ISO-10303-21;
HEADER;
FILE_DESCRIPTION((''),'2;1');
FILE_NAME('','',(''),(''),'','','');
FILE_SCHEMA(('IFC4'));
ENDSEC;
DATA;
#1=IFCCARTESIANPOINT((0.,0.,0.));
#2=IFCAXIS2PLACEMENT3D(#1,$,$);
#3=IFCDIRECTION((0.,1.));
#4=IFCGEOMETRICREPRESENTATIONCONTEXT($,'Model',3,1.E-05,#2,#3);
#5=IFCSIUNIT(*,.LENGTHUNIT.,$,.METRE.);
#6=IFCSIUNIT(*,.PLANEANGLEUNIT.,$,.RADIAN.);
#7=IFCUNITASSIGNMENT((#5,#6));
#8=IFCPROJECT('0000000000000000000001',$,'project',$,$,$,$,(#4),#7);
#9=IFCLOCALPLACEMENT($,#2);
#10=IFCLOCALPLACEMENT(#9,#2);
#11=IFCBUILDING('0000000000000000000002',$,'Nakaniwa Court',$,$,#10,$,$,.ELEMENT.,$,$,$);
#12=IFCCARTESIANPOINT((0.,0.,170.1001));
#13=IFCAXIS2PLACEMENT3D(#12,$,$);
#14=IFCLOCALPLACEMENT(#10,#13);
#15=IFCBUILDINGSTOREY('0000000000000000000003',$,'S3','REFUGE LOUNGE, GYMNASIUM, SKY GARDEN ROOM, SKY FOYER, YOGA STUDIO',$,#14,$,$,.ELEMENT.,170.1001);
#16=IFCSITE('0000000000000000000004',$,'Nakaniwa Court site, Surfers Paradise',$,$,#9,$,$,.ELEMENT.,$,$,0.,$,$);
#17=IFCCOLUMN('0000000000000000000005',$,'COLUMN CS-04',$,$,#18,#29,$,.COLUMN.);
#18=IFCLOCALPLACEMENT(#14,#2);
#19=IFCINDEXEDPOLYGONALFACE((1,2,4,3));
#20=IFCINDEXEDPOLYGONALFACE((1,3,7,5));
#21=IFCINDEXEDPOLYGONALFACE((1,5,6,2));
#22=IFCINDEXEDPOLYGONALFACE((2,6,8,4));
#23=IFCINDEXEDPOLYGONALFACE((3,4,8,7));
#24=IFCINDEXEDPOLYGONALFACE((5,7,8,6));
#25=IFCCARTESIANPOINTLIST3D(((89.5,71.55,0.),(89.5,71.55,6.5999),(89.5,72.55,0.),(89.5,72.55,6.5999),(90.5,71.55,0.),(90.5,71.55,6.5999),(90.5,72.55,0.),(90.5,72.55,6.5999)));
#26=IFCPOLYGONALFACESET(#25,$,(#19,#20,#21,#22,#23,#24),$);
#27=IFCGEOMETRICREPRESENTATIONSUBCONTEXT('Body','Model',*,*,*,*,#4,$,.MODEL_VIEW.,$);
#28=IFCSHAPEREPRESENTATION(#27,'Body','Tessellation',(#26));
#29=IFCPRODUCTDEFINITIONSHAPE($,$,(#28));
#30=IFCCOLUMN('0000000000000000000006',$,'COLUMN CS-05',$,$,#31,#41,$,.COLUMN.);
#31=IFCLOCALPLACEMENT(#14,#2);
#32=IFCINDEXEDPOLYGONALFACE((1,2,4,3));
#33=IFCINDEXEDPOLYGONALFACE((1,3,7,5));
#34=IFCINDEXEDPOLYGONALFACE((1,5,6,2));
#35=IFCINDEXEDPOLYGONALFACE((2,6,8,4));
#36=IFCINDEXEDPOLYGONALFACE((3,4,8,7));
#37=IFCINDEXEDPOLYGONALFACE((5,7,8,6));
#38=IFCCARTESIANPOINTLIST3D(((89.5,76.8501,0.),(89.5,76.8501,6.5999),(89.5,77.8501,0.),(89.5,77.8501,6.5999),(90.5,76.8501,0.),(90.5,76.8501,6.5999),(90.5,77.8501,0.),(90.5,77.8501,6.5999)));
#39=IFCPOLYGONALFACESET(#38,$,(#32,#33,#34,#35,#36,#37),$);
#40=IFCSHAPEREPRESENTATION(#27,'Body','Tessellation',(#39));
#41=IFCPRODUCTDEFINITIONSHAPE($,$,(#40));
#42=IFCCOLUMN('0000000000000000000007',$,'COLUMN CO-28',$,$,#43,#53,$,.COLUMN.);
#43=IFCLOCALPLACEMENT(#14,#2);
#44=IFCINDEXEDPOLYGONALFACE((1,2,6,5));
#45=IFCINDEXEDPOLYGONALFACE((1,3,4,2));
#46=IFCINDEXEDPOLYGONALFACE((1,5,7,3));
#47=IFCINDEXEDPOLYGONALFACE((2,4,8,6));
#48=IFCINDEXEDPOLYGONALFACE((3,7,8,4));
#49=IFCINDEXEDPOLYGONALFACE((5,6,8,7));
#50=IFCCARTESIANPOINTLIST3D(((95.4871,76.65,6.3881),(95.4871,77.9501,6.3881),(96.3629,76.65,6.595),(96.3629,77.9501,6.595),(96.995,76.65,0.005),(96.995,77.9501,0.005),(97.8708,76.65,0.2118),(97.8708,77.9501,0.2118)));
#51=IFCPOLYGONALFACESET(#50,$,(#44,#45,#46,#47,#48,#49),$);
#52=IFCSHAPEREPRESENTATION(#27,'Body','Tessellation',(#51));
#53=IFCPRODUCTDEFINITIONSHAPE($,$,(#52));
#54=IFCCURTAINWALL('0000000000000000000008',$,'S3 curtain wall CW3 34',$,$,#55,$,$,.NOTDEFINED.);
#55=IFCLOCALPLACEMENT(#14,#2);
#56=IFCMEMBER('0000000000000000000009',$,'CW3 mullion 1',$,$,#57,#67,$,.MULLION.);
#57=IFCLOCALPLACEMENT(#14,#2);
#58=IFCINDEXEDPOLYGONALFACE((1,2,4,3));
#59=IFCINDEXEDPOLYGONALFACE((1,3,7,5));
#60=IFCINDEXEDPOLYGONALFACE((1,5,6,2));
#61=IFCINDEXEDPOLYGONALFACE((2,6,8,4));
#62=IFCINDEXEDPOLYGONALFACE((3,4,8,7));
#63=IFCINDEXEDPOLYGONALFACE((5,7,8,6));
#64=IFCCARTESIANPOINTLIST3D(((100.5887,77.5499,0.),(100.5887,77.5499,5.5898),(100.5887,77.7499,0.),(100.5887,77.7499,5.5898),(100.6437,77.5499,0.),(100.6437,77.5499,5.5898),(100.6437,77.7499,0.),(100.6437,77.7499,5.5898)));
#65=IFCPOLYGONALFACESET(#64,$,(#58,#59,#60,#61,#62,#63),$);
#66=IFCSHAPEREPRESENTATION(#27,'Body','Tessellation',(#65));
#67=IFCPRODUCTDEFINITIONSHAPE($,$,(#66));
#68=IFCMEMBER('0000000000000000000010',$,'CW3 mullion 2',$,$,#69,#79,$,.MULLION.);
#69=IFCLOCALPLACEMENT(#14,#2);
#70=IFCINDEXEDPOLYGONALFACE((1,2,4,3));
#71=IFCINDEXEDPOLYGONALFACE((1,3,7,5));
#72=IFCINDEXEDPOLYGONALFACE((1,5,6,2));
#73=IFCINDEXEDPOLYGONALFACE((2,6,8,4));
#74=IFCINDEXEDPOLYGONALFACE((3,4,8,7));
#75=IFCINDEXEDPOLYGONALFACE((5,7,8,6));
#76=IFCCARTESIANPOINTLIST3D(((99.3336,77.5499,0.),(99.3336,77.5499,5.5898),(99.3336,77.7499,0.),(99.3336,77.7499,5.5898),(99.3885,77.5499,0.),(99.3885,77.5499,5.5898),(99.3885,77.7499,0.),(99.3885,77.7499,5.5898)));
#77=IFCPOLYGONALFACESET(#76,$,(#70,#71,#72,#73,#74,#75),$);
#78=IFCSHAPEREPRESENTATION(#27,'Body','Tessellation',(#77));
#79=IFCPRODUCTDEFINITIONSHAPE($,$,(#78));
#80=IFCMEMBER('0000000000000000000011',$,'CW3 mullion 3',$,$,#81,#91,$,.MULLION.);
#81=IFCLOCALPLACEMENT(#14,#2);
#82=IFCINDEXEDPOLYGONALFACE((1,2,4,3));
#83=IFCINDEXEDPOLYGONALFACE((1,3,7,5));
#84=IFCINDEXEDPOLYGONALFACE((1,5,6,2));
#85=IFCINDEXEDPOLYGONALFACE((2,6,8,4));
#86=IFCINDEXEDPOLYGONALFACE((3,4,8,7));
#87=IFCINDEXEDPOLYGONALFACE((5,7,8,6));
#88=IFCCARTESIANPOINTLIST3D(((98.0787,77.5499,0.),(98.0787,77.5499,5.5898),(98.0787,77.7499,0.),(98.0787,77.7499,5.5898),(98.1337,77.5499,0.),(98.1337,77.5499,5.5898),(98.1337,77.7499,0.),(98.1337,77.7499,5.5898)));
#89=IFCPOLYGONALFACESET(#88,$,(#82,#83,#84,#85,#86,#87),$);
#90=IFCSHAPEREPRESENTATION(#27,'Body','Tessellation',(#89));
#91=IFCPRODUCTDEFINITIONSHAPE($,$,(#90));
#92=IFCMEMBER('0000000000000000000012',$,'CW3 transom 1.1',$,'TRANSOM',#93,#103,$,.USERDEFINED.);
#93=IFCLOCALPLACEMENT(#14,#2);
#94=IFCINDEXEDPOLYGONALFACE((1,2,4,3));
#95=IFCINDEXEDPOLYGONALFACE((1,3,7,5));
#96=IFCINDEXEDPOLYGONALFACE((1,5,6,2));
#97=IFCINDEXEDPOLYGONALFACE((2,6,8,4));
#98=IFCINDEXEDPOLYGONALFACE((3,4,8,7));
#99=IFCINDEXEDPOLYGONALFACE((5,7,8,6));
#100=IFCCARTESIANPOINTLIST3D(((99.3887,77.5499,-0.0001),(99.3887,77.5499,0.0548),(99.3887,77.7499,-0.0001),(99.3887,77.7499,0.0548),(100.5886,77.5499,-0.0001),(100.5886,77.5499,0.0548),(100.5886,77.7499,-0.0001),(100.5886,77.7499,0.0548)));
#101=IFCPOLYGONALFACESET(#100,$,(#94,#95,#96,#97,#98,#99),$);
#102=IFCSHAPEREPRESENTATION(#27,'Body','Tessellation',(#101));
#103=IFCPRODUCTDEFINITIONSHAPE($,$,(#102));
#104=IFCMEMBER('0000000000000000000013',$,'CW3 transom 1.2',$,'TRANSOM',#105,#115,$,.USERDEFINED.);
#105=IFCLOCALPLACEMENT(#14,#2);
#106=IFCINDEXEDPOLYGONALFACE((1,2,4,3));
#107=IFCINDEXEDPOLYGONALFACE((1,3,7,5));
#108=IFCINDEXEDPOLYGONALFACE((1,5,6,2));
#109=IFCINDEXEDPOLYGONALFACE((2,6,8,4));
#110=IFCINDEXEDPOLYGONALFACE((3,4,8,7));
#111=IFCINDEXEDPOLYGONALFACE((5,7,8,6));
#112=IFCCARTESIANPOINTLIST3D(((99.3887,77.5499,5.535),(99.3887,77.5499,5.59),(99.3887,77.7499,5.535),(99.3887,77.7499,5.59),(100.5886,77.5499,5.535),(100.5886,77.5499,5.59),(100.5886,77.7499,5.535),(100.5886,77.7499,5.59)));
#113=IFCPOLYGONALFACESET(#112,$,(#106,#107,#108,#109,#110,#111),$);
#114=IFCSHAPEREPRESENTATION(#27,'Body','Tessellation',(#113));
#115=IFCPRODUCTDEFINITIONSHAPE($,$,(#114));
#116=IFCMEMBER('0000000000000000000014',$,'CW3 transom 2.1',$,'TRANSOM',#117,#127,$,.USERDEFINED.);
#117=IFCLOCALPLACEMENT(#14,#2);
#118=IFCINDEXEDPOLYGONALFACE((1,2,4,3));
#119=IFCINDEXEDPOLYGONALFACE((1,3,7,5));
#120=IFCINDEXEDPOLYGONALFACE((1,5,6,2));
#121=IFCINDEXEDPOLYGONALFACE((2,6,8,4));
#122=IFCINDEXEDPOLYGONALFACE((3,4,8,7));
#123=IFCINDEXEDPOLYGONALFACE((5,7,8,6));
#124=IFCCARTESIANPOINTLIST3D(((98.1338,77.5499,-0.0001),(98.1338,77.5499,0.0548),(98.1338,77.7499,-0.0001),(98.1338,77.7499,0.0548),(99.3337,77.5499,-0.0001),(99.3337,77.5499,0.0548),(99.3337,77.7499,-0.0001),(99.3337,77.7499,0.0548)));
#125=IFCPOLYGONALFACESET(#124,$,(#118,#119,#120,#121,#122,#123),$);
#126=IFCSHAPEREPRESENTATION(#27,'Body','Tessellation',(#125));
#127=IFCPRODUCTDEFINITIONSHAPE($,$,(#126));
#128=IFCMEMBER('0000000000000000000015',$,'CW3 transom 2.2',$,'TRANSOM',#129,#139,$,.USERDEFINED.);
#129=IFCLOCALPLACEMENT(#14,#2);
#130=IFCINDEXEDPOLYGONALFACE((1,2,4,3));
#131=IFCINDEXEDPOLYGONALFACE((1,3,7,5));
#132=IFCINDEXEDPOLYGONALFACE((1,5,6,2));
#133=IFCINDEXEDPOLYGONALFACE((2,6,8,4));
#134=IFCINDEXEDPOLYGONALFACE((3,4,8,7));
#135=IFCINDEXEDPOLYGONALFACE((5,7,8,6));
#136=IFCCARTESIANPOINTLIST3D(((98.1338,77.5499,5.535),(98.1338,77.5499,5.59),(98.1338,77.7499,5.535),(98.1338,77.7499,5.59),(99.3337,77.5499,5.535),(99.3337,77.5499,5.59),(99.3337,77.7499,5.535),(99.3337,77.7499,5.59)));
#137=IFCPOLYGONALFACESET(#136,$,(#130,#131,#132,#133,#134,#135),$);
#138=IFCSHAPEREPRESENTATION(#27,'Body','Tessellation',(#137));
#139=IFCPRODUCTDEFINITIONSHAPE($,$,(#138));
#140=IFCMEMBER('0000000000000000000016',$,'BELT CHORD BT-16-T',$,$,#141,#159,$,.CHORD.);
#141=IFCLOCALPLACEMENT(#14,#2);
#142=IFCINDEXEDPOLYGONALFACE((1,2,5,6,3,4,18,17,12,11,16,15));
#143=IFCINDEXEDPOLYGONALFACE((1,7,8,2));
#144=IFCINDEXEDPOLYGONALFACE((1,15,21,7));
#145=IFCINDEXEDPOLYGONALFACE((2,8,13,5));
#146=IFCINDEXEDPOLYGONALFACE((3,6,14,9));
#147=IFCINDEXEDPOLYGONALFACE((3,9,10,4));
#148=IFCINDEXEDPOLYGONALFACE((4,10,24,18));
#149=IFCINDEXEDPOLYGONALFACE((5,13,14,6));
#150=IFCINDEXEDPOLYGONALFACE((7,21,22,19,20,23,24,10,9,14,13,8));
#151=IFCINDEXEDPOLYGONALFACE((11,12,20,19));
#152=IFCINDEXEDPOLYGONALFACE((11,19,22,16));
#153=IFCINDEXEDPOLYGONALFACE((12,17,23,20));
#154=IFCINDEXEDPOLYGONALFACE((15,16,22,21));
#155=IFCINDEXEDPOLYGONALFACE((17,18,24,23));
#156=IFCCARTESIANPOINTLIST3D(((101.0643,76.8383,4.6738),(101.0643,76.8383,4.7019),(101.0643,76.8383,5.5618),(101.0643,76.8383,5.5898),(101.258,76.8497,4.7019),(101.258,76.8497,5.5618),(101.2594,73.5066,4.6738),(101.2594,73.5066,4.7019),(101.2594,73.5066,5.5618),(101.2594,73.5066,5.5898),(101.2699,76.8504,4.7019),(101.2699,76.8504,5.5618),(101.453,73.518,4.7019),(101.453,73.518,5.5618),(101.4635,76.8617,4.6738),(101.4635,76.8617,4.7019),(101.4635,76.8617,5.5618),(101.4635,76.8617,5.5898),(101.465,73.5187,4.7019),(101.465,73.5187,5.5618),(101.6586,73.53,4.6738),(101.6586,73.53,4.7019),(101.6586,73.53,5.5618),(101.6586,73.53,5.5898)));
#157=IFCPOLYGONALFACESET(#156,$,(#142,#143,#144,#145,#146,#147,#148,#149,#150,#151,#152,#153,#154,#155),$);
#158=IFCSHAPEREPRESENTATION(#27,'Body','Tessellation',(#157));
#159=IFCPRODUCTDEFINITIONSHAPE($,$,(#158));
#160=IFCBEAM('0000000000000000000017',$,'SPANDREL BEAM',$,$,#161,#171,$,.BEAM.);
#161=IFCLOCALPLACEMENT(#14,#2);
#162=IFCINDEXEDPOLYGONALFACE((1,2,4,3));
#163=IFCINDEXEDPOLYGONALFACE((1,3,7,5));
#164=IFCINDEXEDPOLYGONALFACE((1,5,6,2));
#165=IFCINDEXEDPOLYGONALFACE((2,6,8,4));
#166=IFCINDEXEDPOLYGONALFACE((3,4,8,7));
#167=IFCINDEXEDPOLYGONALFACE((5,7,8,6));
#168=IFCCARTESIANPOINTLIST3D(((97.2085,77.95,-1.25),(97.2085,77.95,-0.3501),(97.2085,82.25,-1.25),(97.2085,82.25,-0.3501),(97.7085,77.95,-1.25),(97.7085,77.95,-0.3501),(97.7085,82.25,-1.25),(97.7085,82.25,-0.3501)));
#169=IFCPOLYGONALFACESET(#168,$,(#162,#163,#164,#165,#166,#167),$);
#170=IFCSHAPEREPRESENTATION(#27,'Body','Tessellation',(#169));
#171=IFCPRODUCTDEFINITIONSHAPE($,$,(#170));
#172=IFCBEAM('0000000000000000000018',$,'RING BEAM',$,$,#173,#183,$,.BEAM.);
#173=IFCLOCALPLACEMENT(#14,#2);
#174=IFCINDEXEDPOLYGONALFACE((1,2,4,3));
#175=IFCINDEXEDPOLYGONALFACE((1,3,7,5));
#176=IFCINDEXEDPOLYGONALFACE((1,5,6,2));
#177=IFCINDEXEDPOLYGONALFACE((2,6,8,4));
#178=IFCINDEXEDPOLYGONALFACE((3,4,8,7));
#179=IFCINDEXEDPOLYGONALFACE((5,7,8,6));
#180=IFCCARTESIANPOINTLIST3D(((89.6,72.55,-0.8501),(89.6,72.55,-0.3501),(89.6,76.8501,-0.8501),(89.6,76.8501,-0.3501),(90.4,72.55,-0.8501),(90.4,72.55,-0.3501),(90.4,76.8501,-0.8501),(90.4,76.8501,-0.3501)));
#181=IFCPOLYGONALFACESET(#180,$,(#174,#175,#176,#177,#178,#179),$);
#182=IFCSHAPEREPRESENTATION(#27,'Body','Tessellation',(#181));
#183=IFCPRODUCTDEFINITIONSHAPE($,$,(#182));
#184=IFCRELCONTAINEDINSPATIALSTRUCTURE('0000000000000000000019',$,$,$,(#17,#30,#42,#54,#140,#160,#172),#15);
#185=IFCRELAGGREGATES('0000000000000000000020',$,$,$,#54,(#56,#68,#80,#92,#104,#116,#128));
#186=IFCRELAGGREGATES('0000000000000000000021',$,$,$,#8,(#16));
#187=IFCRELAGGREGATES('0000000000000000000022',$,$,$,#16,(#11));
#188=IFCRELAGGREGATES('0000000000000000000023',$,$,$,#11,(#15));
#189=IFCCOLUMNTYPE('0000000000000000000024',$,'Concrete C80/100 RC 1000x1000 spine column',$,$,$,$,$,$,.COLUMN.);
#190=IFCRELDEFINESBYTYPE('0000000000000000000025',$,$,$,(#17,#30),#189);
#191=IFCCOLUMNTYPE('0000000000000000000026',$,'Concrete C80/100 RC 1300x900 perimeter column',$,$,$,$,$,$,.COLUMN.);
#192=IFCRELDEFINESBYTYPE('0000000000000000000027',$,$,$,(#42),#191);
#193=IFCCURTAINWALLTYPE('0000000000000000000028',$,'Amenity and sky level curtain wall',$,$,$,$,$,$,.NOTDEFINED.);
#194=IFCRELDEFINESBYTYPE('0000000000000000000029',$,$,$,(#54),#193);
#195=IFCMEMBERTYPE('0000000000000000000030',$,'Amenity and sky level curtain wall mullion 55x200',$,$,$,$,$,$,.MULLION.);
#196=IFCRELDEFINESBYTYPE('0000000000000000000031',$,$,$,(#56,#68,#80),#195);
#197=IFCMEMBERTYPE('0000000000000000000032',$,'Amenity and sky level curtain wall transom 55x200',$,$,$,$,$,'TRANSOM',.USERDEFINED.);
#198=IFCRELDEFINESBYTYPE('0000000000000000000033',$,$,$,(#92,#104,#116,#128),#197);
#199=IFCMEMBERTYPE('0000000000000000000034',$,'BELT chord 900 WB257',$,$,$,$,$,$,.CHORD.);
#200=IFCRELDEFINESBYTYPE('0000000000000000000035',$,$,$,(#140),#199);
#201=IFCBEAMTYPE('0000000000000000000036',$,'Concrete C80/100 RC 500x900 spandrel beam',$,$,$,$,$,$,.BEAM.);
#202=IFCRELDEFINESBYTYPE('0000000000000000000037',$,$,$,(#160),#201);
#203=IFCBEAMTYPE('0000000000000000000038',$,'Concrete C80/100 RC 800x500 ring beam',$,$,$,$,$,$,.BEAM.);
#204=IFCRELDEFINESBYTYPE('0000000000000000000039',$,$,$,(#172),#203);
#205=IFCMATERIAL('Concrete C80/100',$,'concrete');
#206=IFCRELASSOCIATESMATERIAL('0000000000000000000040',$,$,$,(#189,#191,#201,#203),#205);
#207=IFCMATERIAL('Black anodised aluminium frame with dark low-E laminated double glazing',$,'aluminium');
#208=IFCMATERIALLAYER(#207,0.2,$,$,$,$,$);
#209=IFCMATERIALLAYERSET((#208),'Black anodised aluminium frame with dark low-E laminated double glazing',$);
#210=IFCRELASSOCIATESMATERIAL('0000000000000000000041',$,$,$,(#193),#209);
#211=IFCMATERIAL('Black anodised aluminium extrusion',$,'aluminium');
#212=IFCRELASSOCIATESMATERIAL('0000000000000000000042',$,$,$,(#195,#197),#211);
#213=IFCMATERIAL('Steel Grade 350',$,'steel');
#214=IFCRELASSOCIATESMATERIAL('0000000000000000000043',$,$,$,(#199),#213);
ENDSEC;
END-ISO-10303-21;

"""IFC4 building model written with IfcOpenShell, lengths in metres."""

from ifc_helpers import new_model, si_unit, direction, frame, origin, origin_2d, place, context, subcontext, project, spatial, rectangle, i_section, extrude, material, layer, layer_set, material_profile, profile_set, type_object, element, aggregate, save


model = new_model("IFC4")

# Units and contexts
model_context = context("Model", 3, precision=1e-05, world=origin(), true_north=direction((0.0, 1.0)))
body_context = subcontext(model_context, "Body", "Model", "MODEL_VIEW")
ifc_project = project(units=[si_unit("LENGTHUNIT", "METRE"), si_unit("PLANEANGLEUNIT", "RADIAN")], contexts=[model_context])

# Site, building, storey
site_placement = place(None, origin())
site = spatial("IfcSite", under=ifc_project, at=site_placement, Name="Nakaniwa Court site, Surfers Paradise", CompositionType="ELEMENT", RefElevation=0.0)
building_placement = place(site_placement, origin())
building = spatial("IfcBuilding", under=site, at=building_placement, Name="Nakaniwa Court", CompositionType="ELEMENT")
storey_placement = place(building_placement, frame((0.0, 0.0, 170.1001)))
storey = spatial("IfcBuildingStorey", under=building, at=storey_placement, Name="S3", Description="REFUGE LOUNGE, GYMNASIUM, SKY GARDEN ROOM, SKY FOYER, YOGA STUDIO", CompositionType="ELEMENT", Elevation=170.1001)

# Columns
ifc_material_1 = material(Name="Concrete C80/100", Category="concrete")
ifc_material_profile_1 = material_profile(ifc_material_1, rectangle(XDim=1.0, YDim=1.0, at=origin_2d()), Name="Concrete C80/100 RC 1000x1000 spine column")
ifc_profile_set_1 = profile_set([ifc_material_profile_1], Name="Concrete C80/100")
column_type_1 = type_object("IfcColumnType", Name="Concrete C80/100 RC 1000x1000 spine column", PredefinedType="COLUMN", material=ifc_profile_set_1)
for number, where, z_axis, x_axis, name in (
    (1, (90.0, 72.05, 0.0), (0.0, 0.0, 1.0), (0.0, 1.0, 0.0), "COLUMN CS-04"),
    (2, (90.0, 77.3501, 0.0), (0.0, 0.0, 1.0), (0.0, 1.0, 0.0), "COLUMN CS-05"),
):
    element("IfcColumn", number, at=place(storey_placement, frame(where, z_axis=z_axis, x_axis=x_axis)), inside=storey, type_object=column_type_1, Name=name, PredefinedType="COLUMN", context=body_context, shape_type="SweptSolid", body=[
        extrude(rectangle(XDim=1.0, YDim=1.0, at=origin_2d()), origin(), (0.0, 0.0, 1.0), 6.5999),
    ])
ifc_material_profile_2 = material_profile(ifc_material_1, rectangle(XDim=1.3, YDim=0.8999, at=origin_2d()), Name="Concrete C80/100 RC 1300x900 perimeter column")
ifc_profile_set_2 = profile_set([ifc_material_profile_2], Name="Concrete C80/100")
column_type_2 = type_object("IfcColumnType", Name="Concrete C80/100 RC 1300x900 perimeter column", PredefinedType="COLUMN", material=ifc_profile_set_2)
column_placement = place(storey_placement, frame((97.4329, 77.3, 0.1084), z_axis=(-0.229894, 0.0, 0.973216), x_axis=(0.0, -1.0, 0.0)))
element("IfcColumn", 3, at=column_placement, inside=storey, type_object=column_type_2, Name="COLUMN CO-28", PredefinedType="COLUMN", context=body_context, shape_type="SweptSolid", body=[
    extrude(rectangle(XDim=1.3, YDim=0.8999, at=origin_2d()), origin(), (0.0, 0.0, 1.0), 6.5588),
])

# Curtain wall, members
ifc_material_2 = material(Name="Black anodised aluminium frame with dark low-E laminated double glazing", Category="aluminium")
ifc_layer_1 = layer(ifc_material_2, 0.2)
ifc_layer_set_1 = layer_set([ifc_layer_1], Name="Black anodised aluminium frame with dark low-E laminated double glazing")
curtain_wall_type = type_object("IfcCurtainWallType", Name="Amenity and sky level curtain wall", PredefinedType="NOTDEFINED", material=ifc_layer_set_1)
curtain_wall_placement = place(storey_placement, origin())
curtain_wall = element("IfcCurtainWall", 4, at=curtain_wall_placement, inside=storey, type_object=curtain_wall_type, Name="S3 curtain wall CW3 34", PredefinedType="NOTDEFINED")
ifc_material_3 = material(Name="Black anodised aluminium extrusion", Category="aluminium")
ifc_material_profile_3 = material_profile(ifc_material_3, rectangle(XDim=0.2, YDim=0.0549, at=origin_2d()), Name="Amenity and sky level curtain wall mullion 55x200")
ifc_profile_set_3 = profile_set([ifc_material_profile_3], Name="Black anodised aluminium extrusion")
member_type_1 = type_object("IfcMemberType", Name="Amenity and sky level curtain wall mullion 55x200", PredefinedType="MULLION", material=ifc_profile_set_3)
member_1_placement = place(storey_placement, frame((100.6162, 77.6499, 0.0), z_axis=(0.0, 0.0, 1.0), x_axis=(0.0, -1.0, 0.0)))
member_1 = element("IfcMember", 5, at=member_1_placement, type_object=member_type_1, Name="CW3 mullion 1", PredefinedType="MULLION", context=body_context, shape_type="SweptSolid", body=[
    extrude(rectangle(XDim=0.2, YDim=0.0549, at=origin_2d()), origin(), (0.0, 0.0, 1.0), 5.5898),
])
member_2_placement = place(storey_placement, frame((99.3611, 77.6499, 0.0), z_axis=(0.0, 0.0, 1.0), x_axis=(0.0, -1.0, 0.0)))
member_2 = element("IfcMember", 6, at=member_2_placement, type_object=member_type_1, Name="CW3 mullion 2", PredefinedType="MULLION", context=body_context, shape_type="SweptSolid", body=[
    extrude(rectangle(XDim=0.2, YDim=0.0549, at=origin_2d()), origin(), (0.0, 0.0, 1.0), 5.5898),
])
member_3_placement = place(storey_placement, frame((98.1062, 77.6499, 0.0), z_axis=(0.0, 0.0, 1.0), x_axis=(0.0, -1.0, 0.0)))
member_3 = element("IfcMember", 7, at=member_3_placement, type_object=member_type_1, Name="CW3 mullion 3", PredefinedType="MULLION", context=body_context, shape_type="SweptSolid", body=[
    extrude(rectangle(XDim=0.2, YDim=0.0549, at=origin_2d()), origin(), (0.0, 0.0, 1.0), 5.5898),
])
ifc_material_profile_4 = material_profile(ifc_material_3, rectangle(XDim=0.2, YDim=0.0549, at=origin_2d()), Name="Amenity and sky level curtain wall transom 55x200")
ifc_profile_set_4 = profile_set([ifc_material_profile_4], Name="Black anodised aluminium extrusion")
member_type_2 = type_object("IfcMemberType", Name="Amenity and sky level curtain wall transom 55x200", ElementType="TRANSOM", PredefinedType="USERDEFINED", material=ifc_profile_set_4)
member_4_placement = place(storey_placement, frame((100.5886, 77.6499, 0.0273), z_axis=(-1.0, 0.0, 0.0), x_axis=(0.0, -1.0, 0.0)))
member_4 = element("IfcMember", 8, at=member_4_placement, type_object=member_type_2, Name="CW3 transom 1.1", ObjectType="TRANSOM", PredefinedType="USERDEFINED", context=body_context, shape_type="SweptSolid", body=[
    extrude(rectangle(XDim=0.2, YDim=0.0549, at=origin_2d()), origin(), (0.0, 0.0, 1.0), 1.2),
])
member_5_placement = place(storey_placement, frame((100.5886, 77.6499, 5.5625), z_axis=(-1.0, 0.0, 0.0), x_axis=(0.0, -1.0, 0.0)))
member_5 = element("IfcMember", 9, at=member_5_placement, type_object=member_type_2, Name="CW3 transom 1.2", ObjectType="TRANSOM", PredefinedType="USERDEFINED", context=body_context, shape_type="SweptSolid", body=[
    extrude(rectangle(XDim=0.2, YDim=0.0549, at=origin_2d()), origin(), (0.0, 0.0, 1.0), 1.2),
])
member_6_placement = place(storey_placement, frame((99.3337, 77.6499, 0.0273), z_axis=(-1.0, 0.0, 0.0), x_axis=(0.0, -1.0, 0.0)))
member_6 = element("IfcMember", 10, at=member_6_placement, type_object=member_type_2, Name="CW3 transom 2.1", ObjectType="TRANSOM", PredefinedType="USERDEFINED", context=body_context, shape_type="SweptSolid", body=[
    extrude(rectangle(XDim=0.2, YDim=0.0549, at=origin_2d()), origin(), (0.0, 0.0, 1.0), 1.2),
])
member_7_placement = place(storey_placement, frame((99.3337, 77.6499, 5.5625), z_axis=(-1.0, 0.0, 0.0), x_axis=(0.0, -1.0, 0.0)))
member_7 = element("IfcMember", 11, at=member_7_placement, type_object=member_type_2, Name="CW3 transom 2.2", ObjectType="TRANSOM", PredefinedType="USERDEFINED", context=body_context, shape_type="SweptSolid", body=[
    extrude(rectangle(XDim=0.2, YDim=0.0549, at=origin_2d()), origin(), (0.0, 0.0, 1.0), 1.2),
])

# Member
ifc_material_4 = material(Name="Steel Grade 350", Category="steel")
ifc_material_profile_5 = material_profile(ifc_material_4, i_section(OverallWidth=0.3999, OverallDepth=0.916, WebThickness=0.012, FlangeThickness=0.0281, at=origin_2d()), Name="900WB257")
ifc_profile_set_5 = profile_set([ifc_material_profile_5], Name="Steel Grade 350")
member_type_3 = type_object("IfcMemberType", Name="BELT chord 900 WB257", PredefinedType="CHORD", material=ifc_profile_set_5)
member_8_placement = place(storey_placement, frame((101.459, 73.5183, 5.1318), z_axis=(-0.058448, 0.99829, 0.0), x_axis=(-0.99829, -0.058448, 0.0)))
element("IfcMember", 12, at=member_8_placement, inside=storey, type_object=member_type_3, Name="BELT CHORD BT-16-T", PredefinedType="CHORD", context=body_context, shape_type="SweptSolid", body=[
    extrude(i_section(OverallWidth=0.3999, OverallDepth=0.916, WebThickness=0.012, FlangeThickness=0.0281, at=origin_2d()), origin(), (0.0, 0.0, 1.0), 3.3374),
])

# Beams
ifc_material_profile_6 = material_profile(ifc_material_1, rectangle(XDim=0.5, YDim=0.8999, at=origin_2d()), Name="Concrete C80/100 RC 500x900 spandrel beam")
ifc_profile_set_6 = profile_set([ifc_material_profile_6], Name="Concrete C80/100")
beam_type_1 = type_object("IfcBeamType", Name="Concrete C80/100 RC 500x900 spandrel beam", PredefinedType="BEAM", material=ifc_profile_set_6)
beam_1_placement = place(storey_placement, frame((97.4585, 77.95, -0.8), z_axis=(0.0, 1.0, 0.0), x_axis=(-1.0, 0.0, 0.0)))
element("IfcBeam", 13, at=beam_1_placement, inside=storey, type_object=beam_type_1, Name="SPANDREL BEAM", PredefinedType="BEAM", context=body_context, shape_type="SweptSolid", body=[
    extrude(rectangle(XDim=0.5, YDim=0.8999, at=origin_2d()), origin(), (0.0, 0.0, 1.0), 4.3),
])
ifc_material_profile_7 = material_profile(ifc_material_1, rectangle(XDim=0.8, YDim=0.5, at=origin_2d()), Name="Concrete C80/100 RC 800x500 ring beam")
ifc_profile_set_7 = profile_set([ifc_material_profile_7], Name="Concrete C80/100")
beam_type_2 = type_object("IfcBeamType", Name="Concrete C80/100 RC 800x500 ring beam", PredefinedType="BEAM", material=ifc_profile_set_7)
beam_2_placement = place(storey_placement, frame((90.0, 72.55, -0.6001), z_axis=(0.0, 1.0, 0.0), x_axis=(-1.0, 0.0, 0.0)))
element("IfcBeam", 14, at=beam_2_placement, inside=storey, type_object=beam_type_2, Name="RING BEAM", PredefinedType="BEAM", context=body_context, shape_type="SweptSolid", body=[
    extrude(rectangle(XDim=0.8, YDim=0.5, at=origin_2d()), origin(), (0.0, 0.0, 1.0), 4.3),
])

aggregate(curtain_wall, [member_1, member_2, member_3, member_4, member_5, member_6, member_7])

save(model, "model.ifc")
